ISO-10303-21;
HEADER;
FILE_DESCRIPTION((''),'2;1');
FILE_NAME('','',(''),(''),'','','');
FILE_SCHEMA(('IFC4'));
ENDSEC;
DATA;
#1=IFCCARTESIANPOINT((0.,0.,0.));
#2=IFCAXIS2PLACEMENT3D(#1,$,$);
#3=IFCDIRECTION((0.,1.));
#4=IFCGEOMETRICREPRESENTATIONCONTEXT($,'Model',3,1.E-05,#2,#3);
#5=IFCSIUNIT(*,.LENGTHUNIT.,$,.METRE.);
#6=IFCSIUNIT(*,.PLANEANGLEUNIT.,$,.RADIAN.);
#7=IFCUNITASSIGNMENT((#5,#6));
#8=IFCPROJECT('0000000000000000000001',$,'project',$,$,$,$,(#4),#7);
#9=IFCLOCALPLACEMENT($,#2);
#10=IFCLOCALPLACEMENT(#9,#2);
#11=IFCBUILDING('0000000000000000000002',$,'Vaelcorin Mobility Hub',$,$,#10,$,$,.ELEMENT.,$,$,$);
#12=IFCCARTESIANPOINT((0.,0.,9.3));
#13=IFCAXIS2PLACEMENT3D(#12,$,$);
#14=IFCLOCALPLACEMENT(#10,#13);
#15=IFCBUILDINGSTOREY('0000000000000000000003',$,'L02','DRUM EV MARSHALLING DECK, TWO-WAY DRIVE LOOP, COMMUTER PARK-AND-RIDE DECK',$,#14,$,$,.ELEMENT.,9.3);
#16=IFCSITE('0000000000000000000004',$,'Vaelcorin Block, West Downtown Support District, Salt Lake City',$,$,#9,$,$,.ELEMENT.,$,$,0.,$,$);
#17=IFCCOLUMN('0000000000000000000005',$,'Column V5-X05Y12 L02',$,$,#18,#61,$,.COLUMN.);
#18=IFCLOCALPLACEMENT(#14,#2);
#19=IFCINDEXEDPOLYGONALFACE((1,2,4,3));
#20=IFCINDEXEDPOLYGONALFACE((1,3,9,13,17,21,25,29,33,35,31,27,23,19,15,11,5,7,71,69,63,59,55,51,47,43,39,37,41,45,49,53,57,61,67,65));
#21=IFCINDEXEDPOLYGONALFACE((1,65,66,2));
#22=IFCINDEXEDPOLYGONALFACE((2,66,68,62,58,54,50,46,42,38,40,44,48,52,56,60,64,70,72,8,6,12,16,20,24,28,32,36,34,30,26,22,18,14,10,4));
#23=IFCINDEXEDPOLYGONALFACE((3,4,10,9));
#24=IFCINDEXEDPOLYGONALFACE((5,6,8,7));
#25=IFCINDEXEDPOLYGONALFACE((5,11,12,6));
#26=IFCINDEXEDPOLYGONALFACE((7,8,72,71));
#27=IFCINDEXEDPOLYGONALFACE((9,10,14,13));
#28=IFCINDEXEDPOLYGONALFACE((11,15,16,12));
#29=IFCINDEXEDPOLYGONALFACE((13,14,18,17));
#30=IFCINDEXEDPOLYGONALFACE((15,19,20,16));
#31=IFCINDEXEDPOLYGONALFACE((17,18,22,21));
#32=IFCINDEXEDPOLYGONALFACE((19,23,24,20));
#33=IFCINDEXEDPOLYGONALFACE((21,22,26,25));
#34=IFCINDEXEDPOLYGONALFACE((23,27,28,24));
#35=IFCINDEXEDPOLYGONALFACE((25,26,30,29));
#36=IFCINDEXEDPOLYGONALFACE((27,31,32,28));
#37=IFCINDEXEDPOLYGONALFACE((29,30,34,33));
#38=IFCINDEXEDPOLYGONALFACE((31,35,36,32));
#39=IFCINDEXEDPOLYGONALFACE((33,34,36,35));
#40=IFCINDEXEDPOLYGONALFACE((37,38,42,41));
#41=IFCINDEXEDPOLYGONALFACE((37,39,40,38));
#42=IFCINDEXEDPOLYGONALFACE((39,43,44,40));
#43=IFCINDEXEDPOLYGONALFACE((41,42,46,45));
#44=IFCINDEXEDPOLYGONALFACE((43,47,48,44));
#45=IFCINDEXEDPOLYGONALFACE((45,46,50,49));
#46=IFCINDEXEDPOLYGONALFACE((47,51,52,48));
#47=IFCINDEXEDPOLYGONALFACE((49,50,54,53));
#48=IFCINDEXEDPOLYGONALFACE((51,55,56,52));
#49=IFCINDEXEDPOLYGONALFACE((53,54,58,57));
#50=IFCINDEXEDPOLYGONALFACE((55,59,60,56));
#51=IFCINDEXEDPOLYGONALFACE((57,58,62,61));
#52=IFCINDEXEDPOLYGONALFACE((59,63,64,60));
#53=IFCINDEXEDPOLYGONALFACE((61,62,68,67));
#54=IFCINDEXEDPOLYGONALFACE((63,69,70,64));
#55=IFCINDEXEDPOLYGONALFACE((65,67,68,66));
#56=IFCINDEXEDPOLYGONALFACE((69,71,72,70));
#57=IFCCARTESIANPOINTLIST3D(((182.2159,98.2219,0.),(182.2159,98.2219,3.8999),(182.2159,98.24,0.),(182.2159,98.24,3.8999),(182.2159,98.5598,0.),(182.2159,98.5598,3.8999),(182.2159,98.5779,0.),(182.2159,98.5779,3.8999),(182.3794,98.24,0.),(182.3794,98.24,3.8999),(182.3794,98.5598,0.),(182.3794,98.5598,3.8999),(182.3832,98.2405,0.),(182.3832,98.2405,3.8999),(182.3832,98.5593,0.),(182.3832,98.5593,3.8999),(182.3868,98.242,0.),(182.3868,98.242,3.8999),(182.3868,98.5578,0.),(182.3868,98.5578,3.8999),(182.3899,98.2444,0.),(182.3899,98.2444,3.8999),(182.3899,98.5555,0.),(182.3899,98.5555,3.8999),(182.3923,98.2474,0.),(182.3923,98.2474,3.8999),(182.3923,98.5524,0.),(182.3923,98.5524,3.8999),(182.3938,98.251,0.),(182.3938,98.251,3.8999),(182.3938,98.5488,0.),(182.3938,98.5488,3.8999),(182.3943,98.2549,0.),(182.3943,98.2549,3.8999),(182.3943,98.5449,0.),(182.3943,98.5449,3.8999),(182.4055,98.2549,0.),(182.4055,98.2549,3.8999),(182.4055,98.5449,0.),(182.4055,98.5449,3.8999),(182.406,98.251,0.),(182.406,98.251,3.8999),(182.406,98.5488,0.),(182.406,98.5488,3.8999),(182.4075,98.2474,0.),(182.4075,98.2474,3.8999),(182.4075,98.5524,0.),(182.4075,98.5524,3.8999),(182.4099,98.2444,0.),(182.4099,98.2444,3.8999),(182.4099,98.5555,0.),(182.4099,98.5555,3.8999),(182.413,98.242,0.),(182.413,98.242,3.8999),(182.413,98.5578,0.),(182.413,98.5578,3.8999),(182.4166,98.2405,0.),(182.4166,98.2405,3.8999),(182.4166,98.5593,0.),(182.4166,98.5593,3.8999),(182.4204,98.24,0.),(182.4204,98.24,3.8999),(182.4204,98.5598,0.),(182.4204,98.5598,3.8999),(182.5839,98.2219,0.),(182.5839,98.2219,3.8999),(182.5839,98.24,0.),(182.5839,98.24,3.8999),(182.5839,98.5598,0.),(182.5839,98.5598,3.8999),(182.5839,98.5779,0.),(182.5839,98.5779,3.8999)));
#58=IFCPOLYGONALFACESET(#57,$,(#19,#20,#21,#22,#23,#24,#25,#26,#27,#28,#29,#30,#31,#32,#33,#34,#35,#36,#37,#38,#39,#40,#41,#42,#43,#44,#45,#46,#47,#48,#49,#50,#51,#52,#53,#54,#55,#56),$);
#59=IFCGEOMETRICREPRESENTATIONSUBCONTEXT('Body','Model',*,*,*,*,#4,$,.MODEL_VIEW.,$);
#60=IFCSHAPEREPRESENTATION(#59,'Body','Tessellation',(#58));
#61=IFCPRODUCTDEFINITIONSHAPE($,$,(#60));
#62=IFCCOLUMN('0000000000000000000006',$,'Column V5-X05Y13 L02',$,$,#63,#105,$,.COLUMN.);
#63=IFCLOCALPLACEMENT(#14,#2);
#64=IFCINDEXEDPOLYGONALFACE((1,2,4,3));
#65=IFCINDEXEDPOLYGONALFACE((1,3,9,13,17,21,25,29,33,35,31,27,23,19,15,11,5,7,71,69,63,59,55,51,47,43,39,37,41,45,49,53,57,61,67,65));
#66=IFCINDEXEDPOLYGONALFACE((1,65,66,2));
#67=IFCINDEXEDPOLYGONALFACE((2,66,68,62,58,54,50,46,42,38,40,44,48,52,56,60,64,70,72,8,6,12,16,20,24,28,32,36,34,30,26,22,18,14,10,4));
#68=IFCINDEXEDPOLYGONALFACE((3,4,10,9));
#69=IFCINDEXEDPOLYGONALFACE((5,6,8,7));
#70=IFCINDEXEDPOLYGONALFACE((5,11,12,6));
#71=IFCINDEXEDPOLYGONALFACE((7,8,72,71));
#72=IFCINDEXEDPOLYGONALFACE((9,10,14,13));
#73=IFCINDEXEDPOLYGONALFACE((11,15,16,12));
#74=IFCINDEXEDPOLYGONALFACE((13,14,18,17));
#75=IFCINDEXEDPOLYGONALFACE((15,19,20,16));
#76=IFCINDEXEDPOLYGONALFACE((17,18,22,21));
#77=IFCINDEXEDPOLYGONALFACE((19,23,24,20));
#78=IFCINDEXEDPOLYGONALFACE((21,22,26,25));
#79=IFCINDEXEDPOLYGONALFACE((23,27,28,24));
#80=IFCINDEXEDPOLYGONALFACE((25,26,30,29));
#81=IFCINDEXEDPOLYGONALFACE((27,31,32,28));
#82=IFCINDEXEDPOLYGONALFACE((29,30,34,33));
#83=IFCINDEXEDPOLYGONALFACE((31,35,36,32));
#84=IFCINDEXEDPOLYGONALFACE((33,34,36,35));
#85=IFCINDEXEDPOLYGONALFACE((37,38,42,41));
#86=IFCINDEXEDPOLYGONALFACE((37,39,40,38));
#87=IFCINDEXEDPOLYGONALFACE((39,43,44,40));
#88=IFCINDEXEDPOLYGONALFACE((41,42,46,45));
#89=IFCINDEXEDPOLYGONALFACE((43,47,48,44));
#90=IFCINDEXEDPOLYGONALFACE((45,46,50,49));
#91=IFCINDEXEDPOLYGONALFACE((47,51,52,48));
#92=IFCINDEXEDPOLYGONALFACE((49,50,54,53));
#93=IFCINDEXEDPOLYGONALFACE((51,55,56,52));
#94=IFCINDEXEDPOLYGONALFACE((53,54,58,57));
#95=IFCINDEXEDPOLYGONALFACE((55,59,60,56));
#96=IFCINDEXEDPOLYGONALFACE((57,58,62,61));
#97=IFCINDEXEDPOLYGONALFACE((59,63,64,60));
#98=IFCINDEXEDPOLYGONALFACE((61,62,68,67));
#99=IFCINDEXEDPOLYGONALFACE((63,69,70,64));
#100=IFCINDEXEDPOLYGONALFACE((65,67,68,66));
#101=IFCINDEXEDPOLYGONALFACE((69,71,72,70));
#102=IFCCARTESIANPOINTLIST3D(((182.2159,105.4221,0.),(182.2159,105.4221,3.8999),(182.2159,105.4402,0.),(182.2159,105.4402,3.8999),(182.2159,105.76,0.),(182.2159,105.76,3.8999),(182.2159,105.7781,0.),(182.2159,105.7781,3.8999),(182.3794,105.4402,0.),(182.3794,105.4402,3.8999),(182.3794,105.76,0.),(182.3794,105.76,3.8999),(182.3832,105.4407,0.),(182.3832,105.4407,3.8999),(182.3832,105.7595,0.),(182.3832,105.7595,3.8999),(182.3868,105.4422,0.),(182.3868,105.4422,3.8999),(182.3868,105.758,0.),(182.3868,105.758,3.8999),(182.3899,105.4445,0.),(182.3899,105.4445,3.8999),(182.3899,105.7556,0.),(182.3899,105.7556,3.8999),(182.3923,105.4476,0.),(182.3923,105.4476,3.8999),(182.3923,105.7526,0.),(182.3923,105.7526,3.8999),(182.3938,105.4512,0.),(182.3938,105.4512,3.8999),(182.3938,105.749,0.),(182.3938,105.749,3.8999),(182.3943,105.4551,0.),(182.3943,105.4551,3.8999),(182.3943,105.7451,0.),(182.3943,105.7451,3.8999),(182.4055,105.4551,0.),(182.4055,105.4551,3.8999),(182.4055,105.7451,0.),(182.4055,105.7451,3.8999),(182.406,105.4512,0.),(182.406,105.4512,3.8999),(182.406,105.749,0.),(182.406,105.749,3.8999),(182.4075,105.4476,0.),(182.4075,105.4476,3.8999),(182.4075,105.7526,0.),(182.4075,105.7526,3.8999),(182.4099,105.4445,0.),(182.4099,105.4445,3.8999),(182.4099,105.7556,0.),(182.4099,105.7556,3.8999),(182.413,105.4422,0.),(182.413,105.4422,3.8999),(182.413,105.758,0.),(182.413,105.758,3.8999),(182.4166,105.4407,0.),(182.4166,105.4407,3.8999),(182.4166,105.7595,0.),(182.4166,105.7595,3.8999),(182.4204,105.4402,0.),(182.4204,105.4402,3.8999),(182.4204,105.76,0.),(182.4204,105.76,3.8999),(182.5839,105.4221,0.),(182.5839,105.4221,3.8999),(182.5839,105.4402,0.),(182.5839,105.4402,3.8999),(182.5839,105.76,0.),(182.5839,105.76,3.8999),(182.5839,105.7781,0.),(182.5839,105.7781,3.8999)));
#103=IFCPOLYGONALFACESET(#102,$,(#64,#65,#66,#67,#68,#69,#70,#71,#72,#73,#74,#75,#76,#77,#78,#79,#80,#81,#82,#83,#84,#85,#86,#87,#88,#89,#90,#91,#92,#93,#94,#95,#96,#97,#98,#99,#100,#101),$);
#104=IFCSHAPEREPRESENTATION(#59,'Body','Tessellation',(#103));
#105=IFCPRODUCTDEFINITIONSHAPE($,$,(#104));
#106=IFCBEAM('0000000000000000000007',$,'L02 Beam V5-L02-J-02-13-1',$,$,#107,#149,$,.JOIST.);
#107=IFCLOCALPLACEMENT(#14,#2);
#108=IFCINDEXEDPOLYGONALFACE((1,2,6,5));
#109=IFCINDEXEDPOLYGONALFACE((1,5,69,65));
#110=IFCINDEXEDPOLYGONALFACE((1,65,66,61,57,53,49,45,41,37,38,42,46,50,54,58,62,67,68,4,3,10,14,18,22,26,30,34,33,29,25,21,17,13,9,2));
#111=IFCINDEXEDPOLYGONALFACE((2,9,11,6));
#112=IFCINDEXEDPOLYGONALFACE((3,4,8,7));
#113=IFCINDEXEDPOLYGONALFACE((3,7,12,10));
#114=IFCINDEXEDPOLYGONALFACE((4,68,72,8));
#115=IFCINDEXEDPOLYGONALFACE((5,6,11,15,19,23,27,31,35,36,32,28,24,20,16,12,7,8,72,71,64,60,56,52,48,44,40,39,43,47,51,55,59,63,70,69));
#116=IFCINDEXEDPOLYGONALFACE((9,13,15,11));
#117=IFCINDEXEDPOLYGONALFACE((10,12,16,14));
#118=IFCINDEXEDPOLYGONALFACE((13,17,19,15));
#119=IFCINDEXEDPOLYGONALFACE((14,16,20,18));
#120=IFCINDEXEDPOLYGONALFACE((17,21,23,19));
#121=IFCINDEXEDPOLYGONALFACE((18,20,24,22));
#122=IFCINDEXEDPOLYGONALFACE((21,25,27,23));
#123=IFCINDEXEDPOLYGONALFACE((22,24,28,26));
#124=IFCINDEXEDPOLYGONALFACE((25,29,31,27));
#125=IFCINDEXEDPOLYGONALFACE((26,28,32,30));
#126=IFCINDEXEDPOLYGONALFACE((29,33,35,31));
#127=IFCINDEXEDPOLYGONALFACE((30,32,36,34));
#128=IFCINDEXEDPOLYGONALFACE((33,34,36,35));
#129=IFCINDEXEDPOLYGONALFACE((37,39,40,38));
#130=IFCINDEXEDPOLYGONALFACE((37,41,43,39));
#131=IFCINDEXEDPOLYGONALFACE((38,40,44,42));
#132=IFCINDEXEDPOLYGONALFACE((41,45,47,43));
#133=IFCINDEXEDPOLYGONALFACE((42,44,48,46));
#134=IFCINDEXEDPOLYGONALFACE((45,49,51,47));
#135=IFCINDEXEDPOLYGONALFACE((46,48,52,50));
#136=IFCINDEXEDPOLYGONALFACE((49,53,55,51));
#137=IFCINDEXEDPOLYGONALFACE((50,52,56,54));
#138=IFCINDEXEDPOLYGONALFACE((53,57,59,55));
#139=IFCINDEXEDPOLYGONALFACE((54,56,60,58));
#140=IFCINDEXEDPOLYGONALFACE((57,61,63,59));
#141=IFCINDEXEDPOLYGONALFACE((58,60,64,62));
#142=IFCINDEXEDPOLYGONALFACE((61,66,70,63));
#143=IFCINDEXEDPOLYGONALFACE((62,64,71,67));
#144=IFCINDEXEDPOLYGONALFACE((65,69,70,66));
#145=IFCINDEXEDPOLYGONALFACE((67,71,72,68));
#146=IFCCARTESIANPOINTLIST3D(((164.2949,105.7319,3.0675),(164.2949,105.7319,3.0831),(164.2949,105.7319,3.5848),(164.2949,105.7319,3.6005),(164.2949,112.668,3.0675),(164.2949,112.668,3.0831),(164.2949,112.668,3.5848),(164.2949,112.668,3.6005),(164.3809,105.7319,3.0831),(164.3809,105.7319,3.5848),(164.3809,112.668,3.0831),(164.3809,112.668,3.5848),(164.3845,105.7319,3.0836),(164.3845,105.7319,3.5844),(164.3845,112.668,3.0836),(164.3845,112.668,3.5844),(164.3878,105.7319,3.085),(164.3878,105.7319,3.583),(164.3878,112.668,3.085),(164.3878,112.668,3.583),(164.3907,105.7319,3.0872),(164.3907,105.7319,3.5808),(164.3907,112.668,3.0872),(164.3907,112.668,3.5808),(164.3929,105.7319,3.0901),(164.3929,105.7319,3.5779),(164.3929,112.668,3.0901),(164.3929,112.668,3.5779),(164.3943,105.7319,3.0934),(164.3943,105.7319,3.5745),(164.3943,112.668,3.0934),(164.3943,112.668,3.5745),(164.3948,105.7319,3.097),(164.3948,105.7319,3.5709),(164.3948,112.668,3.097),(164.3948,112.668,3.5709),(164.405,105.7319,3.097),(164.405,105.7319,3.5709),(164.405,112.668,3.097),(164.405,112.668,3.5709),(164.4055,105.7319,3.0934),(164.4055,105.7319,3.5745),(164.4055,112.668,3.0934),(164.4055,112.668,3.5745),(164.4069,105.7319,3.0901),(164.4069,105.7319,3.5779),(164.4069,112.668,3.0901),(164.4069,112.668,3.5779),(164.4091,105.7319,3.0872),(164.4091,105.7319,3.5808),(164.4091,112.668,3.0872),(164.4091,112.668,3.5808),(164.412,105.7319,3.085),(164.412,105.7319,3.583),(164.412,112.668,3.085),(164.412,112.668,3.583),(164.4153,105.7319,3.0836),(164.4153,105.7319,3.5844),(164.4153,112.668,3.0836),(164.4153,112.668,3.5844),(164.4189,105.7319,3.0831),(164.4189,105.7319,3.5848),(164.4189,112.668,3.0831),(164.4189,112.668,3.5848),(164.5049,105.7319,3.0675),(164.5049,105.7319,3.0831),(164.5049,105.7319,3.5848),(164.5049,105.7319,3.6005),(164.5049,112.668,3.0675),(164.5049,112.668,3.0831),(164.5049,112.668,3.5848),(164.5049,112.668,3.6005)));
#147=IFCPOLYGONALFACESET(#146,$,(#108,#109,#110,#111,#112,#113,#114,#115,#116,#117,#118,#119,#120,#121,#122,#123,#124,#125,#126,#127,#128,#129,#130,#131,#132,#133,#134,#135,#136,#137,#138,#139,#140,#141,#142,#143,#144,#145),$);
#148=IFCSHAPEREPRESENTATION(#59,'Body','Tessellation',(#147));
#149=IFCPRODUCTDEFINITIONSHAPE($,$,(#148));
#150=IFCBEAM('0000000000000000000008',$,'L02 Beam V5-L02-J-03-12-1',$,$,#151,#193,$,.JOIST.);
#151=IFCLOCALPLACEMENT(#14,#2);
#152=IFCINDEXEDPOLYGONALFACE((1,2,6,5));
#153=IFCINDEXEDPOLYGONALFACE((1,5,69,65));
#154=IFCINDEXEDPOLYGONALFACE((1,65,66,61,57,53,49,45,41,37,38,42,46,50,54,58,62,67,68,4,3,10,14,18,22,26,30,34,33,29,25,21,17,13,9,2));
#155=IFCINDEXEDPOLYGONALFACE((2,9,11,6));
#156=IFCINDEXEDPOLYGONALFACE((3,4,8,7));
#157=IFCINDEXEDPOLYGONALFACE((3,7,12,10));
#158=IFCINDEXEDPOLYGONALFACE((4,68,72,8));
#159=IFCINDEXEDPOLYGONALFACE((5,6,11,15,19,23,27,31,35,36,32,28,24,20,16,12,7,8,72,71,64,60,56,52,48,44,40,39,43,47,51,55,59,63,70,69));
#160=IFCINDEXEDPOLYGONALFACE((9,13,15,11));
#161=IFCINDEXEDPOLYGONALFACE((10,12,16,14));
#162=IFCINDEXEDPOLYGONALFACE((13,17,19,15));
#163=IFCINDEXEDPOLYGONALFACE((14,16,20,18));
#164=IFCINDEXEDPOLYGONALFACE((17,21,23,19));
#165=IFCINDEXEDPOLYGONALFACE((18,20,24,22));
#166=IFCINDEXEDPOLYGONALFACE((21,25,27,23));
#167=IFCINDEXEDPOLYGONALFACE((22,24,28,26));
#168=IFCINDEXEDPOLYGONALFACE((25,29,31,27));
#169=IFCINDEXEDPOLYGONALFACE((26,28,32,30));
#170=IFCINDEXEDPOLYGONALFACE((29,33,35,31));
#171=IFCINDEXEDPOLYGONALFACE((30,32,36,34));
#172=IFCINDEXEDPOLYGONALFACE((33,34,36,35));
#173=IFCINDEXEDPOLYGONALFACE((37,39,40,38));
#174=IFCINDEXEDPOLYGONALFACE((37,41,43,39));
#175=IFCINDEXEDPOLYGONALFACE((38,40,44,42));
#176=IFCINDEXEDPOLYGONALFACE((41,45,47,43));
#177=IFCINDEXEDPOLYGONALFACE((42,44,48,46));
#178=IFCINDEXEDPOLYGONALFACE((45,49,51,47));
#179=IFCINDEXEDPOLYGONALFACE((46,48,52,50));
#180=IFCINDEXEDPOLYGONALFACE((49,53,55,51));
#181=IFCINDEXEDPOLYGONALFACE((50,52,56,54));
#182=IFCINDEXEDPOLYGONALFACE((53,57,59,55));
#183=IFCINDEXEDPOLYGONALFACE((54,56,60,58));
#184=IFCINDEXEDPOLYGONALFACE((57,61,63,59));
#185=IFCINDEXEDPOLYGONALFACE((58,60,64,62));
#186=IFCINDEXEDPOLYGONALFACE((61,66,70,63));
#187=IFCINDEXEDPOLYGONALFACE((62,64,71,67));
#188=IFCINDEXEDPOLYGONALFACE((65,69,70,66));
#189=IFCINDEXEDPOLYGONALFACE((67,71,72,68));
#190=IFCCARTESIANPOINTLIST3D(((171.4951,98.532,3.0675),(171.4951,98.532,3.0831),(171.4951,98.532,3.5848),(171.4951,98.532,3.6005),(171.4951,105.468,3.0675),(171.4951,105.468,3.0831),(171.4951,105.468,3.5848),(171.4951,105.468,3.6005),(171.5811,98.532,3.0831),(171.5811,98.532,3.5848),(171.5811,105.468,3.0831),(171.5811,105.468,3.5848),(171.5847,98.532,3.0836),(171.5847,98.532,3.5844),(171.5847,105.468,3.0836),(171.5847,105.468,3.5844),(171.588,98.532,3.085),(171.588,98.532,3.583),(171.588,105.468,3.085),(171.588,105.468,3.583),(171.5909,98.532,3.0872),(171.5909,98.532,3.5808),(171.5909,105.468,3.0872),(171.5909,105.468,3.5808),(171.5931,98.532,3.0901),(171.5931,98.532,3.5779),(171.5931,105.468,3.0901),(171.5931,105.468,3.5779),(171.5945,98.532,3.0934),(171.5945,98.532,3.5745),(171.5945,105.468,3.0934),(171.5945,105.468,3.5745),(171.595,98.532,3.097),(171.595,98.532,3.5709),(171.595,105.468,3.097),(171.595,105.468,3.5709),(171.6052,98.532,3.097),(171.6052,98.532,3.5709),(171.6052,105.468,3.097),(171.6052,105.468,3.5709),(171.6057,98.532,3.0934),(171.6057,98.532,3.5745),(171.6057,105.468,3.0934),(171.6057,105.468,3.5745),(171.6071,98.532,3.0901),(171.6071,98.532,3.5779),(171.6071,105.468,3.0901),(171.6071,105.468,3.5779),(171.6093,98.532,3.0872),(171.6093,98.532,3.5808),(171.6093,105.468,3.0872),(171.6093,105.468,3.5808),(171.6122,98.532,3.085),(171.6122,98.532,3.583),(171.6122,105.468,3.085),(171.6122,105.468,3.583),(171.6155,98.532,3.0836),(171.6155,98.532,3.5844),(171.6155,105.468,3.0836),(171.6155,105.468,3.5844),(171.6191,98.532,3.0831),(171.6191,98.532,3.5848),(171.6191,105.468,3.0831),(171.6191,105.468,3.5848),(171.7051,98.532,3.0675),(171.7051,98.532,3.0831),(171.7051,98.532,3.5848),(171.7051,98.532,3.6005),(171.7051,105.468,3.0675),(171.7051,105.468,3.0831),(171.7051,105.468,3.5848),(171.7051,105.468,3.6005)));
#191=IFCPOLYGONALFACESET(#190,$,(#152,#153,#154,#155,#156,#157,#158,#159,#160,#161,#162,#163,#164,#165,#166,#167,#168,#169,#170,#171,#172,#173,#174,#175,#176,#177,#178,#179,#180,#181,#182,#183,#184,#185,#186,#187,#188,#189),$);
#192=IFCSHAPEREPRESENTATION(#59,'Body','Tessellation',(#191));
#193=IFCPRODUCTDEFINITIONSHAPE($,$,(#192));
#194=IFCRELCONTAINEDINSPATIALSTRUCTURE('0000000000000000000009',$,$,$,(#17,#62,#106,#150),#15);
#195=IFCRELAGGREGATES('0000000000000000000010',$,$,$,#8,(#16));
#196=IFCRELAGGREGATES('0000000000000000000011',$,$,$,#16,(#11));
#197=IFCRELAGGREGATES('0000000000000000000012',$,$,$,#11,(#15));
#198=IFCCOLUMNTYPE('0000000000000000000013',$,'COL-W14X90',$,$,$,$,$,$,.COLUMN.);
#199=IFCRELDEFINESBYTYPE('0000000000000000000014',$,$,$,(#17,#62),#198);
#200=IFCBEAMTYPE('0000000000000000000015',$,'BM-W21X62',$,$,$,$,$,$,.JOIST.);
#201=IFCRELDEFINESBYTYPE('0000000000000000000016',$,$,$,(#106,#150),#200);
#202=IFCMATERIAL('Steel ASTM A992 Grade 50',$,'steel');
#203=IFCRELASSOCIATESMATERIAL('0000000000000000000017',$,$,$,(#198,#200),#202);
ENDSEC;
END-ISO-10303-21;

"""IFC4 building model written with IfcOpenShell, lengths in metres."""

from ifc_helpers import new_model, si_unit, direction, frame, origin, origin_2d, place, context, subcontext, project, spatial, i_section, extrude, material, material_profile, profile_set, type_object, element, save


model = new_model("IFC4")

# Units and contexts
model_context = context("Model", 3, precision=1e-05, world=origin(), true_north=direction((0.0, 1.0)))
body_context = subcontext(model_context, "Body", "Model", "MODEL_VIEW")
ifc_project = project(units=[si_unit("LENGTHUNIT", "METRE"), si_unit("PLANEANGLEUNIT", "RADIAN")], contexts=[model_context])

# Site, building, storey
site_placement = place(None, origin())
site = spatial("IfcSite", under=ifc_project, at=site_placement, Name="Vaelcorin Block, West Downtown Support District, Salt Lake City", CompositionType="ELEMENT", RefElevation=0.0)
building_placement = place(site_placement, origin())
building = spatial("IfcBuilding", under=site, at=building_placement, Name="Vaelcorin Mobility Hub", CompositionType="ELEMENT")
storey_placement = place(building_placement, frame((0.0, 0.0, 9.3)))
storey = spatial("IfcBuildingStorey", under=building, at=storey_placement, Name="L02", Description="DRUM EV MARSHALLING DECK, TWO-WAY DRIVE LOOP, COMMUTER PARK-AND-RIDE DECK", CompositionType="ELEMENT", Elevation=9.3)

# Columns
ifc_material_1 = material(Name="Steel ASTM A992 Grade 50", Category="steel")
ifc_material_profile_1 = material_profile(ifc_material_1, i_section(OverallWidth=0.3679, OverallDepth=0.356, WebThickness=0.0112, FlangeThickness=0.0181, FilletRadius=0.0149, at=origin_2d()), Name="W14X90")
ifc_profile_set_1 = profile_set([ifc_material_profile_1], Name="Steel ASTM A992 Grade 50")
column_type = type_object("IfcColumnType", Name="COL-W14X90", PredefinedType="COLUMN", material=ifc_profile_set_1)
for number, where, z_axis, x_axis, name in (
    (1, (182.3999, 98.3999, 0.0), (0.0, 0.0, 1.0), (1.0, 0.0, 0.0), "Column V5-X05Y12 L02"),
    (2, (182.3999, 105.6001, 0.0), (0.0, 0.0, 1.0), (1.0, 0.0, 0.0), "Column V5-X05Y13 L02"),
):
    element("IfcColumn", number, at=place(storey_placement, frame(where, z_axis=z_axis, x_axis=x_axis)), inside=storey, type_object=column_type, Name=name, PredefinedType="COLUMN", context=body_context, shape_type="SweptSolid", body=[
        extrude(i_section(OverallWidth=0.3679, OverallDepth=0.356, WebThickness=0.0112, FlangeThickness=0.0181, FilletRadius=0.0149, at=origin_2d()), origin(), (0.0, 0.0, 1.0), 3.8999),
    ])

# Beams
ifc_material_profile_2 = material_profile(ifc_material_1, i_section(OverallWidth=0.21, OverallDepth=0.533, WebThickness=0.0103, FlangeThickness=0.0156, FilletRadius=0.0139, at=origin_2d()), Name="W21X62")
ifc_profile_set_2 = profile_set([ifc_material_profile_2], Name="Steel ASTM A992 Grade 50")
beam_type_1 = type_object("IfcBeamType", Name="BM-W21X62", PredefinedType="JOIST", material=ifc_profile_set_2)
for number, where, z_axis, x_axis, name in (
    (3, (164.3999, 105.7319, 3.334), (0.0, 1.0, 0.0), (-1.0, 0.0, 0.0), "L02 Beam V5-L02-J-02-13-1"),
    (4, (171.6001, 98.532, 3.334), (0.0, 1.0, 0.0), (-1.0, 0.0, 0.0), "L02 Beam V5-L02-J-03-12-1"),
):
    element("IfcBeam", number, at=place(storey_placement, frame(where, z_axis=z_axis, x_axis=x_axis)), inside=storey, type_object=beam_type_1, Name=name, PredefinedType="JOIST", context=body_context, shape_type="SweptSolid", body=[
        extrude(i_section(OverallWidth=0.21, OverallDepth=0.533, WebThickness=0.0103, FlangeThickness=0.0156, FilletRadius=0.0139, at=origin_2d()), origin(), (0.0, 0.0, 1.0), 6.936),
    ])

save(model, "model.ifc")
